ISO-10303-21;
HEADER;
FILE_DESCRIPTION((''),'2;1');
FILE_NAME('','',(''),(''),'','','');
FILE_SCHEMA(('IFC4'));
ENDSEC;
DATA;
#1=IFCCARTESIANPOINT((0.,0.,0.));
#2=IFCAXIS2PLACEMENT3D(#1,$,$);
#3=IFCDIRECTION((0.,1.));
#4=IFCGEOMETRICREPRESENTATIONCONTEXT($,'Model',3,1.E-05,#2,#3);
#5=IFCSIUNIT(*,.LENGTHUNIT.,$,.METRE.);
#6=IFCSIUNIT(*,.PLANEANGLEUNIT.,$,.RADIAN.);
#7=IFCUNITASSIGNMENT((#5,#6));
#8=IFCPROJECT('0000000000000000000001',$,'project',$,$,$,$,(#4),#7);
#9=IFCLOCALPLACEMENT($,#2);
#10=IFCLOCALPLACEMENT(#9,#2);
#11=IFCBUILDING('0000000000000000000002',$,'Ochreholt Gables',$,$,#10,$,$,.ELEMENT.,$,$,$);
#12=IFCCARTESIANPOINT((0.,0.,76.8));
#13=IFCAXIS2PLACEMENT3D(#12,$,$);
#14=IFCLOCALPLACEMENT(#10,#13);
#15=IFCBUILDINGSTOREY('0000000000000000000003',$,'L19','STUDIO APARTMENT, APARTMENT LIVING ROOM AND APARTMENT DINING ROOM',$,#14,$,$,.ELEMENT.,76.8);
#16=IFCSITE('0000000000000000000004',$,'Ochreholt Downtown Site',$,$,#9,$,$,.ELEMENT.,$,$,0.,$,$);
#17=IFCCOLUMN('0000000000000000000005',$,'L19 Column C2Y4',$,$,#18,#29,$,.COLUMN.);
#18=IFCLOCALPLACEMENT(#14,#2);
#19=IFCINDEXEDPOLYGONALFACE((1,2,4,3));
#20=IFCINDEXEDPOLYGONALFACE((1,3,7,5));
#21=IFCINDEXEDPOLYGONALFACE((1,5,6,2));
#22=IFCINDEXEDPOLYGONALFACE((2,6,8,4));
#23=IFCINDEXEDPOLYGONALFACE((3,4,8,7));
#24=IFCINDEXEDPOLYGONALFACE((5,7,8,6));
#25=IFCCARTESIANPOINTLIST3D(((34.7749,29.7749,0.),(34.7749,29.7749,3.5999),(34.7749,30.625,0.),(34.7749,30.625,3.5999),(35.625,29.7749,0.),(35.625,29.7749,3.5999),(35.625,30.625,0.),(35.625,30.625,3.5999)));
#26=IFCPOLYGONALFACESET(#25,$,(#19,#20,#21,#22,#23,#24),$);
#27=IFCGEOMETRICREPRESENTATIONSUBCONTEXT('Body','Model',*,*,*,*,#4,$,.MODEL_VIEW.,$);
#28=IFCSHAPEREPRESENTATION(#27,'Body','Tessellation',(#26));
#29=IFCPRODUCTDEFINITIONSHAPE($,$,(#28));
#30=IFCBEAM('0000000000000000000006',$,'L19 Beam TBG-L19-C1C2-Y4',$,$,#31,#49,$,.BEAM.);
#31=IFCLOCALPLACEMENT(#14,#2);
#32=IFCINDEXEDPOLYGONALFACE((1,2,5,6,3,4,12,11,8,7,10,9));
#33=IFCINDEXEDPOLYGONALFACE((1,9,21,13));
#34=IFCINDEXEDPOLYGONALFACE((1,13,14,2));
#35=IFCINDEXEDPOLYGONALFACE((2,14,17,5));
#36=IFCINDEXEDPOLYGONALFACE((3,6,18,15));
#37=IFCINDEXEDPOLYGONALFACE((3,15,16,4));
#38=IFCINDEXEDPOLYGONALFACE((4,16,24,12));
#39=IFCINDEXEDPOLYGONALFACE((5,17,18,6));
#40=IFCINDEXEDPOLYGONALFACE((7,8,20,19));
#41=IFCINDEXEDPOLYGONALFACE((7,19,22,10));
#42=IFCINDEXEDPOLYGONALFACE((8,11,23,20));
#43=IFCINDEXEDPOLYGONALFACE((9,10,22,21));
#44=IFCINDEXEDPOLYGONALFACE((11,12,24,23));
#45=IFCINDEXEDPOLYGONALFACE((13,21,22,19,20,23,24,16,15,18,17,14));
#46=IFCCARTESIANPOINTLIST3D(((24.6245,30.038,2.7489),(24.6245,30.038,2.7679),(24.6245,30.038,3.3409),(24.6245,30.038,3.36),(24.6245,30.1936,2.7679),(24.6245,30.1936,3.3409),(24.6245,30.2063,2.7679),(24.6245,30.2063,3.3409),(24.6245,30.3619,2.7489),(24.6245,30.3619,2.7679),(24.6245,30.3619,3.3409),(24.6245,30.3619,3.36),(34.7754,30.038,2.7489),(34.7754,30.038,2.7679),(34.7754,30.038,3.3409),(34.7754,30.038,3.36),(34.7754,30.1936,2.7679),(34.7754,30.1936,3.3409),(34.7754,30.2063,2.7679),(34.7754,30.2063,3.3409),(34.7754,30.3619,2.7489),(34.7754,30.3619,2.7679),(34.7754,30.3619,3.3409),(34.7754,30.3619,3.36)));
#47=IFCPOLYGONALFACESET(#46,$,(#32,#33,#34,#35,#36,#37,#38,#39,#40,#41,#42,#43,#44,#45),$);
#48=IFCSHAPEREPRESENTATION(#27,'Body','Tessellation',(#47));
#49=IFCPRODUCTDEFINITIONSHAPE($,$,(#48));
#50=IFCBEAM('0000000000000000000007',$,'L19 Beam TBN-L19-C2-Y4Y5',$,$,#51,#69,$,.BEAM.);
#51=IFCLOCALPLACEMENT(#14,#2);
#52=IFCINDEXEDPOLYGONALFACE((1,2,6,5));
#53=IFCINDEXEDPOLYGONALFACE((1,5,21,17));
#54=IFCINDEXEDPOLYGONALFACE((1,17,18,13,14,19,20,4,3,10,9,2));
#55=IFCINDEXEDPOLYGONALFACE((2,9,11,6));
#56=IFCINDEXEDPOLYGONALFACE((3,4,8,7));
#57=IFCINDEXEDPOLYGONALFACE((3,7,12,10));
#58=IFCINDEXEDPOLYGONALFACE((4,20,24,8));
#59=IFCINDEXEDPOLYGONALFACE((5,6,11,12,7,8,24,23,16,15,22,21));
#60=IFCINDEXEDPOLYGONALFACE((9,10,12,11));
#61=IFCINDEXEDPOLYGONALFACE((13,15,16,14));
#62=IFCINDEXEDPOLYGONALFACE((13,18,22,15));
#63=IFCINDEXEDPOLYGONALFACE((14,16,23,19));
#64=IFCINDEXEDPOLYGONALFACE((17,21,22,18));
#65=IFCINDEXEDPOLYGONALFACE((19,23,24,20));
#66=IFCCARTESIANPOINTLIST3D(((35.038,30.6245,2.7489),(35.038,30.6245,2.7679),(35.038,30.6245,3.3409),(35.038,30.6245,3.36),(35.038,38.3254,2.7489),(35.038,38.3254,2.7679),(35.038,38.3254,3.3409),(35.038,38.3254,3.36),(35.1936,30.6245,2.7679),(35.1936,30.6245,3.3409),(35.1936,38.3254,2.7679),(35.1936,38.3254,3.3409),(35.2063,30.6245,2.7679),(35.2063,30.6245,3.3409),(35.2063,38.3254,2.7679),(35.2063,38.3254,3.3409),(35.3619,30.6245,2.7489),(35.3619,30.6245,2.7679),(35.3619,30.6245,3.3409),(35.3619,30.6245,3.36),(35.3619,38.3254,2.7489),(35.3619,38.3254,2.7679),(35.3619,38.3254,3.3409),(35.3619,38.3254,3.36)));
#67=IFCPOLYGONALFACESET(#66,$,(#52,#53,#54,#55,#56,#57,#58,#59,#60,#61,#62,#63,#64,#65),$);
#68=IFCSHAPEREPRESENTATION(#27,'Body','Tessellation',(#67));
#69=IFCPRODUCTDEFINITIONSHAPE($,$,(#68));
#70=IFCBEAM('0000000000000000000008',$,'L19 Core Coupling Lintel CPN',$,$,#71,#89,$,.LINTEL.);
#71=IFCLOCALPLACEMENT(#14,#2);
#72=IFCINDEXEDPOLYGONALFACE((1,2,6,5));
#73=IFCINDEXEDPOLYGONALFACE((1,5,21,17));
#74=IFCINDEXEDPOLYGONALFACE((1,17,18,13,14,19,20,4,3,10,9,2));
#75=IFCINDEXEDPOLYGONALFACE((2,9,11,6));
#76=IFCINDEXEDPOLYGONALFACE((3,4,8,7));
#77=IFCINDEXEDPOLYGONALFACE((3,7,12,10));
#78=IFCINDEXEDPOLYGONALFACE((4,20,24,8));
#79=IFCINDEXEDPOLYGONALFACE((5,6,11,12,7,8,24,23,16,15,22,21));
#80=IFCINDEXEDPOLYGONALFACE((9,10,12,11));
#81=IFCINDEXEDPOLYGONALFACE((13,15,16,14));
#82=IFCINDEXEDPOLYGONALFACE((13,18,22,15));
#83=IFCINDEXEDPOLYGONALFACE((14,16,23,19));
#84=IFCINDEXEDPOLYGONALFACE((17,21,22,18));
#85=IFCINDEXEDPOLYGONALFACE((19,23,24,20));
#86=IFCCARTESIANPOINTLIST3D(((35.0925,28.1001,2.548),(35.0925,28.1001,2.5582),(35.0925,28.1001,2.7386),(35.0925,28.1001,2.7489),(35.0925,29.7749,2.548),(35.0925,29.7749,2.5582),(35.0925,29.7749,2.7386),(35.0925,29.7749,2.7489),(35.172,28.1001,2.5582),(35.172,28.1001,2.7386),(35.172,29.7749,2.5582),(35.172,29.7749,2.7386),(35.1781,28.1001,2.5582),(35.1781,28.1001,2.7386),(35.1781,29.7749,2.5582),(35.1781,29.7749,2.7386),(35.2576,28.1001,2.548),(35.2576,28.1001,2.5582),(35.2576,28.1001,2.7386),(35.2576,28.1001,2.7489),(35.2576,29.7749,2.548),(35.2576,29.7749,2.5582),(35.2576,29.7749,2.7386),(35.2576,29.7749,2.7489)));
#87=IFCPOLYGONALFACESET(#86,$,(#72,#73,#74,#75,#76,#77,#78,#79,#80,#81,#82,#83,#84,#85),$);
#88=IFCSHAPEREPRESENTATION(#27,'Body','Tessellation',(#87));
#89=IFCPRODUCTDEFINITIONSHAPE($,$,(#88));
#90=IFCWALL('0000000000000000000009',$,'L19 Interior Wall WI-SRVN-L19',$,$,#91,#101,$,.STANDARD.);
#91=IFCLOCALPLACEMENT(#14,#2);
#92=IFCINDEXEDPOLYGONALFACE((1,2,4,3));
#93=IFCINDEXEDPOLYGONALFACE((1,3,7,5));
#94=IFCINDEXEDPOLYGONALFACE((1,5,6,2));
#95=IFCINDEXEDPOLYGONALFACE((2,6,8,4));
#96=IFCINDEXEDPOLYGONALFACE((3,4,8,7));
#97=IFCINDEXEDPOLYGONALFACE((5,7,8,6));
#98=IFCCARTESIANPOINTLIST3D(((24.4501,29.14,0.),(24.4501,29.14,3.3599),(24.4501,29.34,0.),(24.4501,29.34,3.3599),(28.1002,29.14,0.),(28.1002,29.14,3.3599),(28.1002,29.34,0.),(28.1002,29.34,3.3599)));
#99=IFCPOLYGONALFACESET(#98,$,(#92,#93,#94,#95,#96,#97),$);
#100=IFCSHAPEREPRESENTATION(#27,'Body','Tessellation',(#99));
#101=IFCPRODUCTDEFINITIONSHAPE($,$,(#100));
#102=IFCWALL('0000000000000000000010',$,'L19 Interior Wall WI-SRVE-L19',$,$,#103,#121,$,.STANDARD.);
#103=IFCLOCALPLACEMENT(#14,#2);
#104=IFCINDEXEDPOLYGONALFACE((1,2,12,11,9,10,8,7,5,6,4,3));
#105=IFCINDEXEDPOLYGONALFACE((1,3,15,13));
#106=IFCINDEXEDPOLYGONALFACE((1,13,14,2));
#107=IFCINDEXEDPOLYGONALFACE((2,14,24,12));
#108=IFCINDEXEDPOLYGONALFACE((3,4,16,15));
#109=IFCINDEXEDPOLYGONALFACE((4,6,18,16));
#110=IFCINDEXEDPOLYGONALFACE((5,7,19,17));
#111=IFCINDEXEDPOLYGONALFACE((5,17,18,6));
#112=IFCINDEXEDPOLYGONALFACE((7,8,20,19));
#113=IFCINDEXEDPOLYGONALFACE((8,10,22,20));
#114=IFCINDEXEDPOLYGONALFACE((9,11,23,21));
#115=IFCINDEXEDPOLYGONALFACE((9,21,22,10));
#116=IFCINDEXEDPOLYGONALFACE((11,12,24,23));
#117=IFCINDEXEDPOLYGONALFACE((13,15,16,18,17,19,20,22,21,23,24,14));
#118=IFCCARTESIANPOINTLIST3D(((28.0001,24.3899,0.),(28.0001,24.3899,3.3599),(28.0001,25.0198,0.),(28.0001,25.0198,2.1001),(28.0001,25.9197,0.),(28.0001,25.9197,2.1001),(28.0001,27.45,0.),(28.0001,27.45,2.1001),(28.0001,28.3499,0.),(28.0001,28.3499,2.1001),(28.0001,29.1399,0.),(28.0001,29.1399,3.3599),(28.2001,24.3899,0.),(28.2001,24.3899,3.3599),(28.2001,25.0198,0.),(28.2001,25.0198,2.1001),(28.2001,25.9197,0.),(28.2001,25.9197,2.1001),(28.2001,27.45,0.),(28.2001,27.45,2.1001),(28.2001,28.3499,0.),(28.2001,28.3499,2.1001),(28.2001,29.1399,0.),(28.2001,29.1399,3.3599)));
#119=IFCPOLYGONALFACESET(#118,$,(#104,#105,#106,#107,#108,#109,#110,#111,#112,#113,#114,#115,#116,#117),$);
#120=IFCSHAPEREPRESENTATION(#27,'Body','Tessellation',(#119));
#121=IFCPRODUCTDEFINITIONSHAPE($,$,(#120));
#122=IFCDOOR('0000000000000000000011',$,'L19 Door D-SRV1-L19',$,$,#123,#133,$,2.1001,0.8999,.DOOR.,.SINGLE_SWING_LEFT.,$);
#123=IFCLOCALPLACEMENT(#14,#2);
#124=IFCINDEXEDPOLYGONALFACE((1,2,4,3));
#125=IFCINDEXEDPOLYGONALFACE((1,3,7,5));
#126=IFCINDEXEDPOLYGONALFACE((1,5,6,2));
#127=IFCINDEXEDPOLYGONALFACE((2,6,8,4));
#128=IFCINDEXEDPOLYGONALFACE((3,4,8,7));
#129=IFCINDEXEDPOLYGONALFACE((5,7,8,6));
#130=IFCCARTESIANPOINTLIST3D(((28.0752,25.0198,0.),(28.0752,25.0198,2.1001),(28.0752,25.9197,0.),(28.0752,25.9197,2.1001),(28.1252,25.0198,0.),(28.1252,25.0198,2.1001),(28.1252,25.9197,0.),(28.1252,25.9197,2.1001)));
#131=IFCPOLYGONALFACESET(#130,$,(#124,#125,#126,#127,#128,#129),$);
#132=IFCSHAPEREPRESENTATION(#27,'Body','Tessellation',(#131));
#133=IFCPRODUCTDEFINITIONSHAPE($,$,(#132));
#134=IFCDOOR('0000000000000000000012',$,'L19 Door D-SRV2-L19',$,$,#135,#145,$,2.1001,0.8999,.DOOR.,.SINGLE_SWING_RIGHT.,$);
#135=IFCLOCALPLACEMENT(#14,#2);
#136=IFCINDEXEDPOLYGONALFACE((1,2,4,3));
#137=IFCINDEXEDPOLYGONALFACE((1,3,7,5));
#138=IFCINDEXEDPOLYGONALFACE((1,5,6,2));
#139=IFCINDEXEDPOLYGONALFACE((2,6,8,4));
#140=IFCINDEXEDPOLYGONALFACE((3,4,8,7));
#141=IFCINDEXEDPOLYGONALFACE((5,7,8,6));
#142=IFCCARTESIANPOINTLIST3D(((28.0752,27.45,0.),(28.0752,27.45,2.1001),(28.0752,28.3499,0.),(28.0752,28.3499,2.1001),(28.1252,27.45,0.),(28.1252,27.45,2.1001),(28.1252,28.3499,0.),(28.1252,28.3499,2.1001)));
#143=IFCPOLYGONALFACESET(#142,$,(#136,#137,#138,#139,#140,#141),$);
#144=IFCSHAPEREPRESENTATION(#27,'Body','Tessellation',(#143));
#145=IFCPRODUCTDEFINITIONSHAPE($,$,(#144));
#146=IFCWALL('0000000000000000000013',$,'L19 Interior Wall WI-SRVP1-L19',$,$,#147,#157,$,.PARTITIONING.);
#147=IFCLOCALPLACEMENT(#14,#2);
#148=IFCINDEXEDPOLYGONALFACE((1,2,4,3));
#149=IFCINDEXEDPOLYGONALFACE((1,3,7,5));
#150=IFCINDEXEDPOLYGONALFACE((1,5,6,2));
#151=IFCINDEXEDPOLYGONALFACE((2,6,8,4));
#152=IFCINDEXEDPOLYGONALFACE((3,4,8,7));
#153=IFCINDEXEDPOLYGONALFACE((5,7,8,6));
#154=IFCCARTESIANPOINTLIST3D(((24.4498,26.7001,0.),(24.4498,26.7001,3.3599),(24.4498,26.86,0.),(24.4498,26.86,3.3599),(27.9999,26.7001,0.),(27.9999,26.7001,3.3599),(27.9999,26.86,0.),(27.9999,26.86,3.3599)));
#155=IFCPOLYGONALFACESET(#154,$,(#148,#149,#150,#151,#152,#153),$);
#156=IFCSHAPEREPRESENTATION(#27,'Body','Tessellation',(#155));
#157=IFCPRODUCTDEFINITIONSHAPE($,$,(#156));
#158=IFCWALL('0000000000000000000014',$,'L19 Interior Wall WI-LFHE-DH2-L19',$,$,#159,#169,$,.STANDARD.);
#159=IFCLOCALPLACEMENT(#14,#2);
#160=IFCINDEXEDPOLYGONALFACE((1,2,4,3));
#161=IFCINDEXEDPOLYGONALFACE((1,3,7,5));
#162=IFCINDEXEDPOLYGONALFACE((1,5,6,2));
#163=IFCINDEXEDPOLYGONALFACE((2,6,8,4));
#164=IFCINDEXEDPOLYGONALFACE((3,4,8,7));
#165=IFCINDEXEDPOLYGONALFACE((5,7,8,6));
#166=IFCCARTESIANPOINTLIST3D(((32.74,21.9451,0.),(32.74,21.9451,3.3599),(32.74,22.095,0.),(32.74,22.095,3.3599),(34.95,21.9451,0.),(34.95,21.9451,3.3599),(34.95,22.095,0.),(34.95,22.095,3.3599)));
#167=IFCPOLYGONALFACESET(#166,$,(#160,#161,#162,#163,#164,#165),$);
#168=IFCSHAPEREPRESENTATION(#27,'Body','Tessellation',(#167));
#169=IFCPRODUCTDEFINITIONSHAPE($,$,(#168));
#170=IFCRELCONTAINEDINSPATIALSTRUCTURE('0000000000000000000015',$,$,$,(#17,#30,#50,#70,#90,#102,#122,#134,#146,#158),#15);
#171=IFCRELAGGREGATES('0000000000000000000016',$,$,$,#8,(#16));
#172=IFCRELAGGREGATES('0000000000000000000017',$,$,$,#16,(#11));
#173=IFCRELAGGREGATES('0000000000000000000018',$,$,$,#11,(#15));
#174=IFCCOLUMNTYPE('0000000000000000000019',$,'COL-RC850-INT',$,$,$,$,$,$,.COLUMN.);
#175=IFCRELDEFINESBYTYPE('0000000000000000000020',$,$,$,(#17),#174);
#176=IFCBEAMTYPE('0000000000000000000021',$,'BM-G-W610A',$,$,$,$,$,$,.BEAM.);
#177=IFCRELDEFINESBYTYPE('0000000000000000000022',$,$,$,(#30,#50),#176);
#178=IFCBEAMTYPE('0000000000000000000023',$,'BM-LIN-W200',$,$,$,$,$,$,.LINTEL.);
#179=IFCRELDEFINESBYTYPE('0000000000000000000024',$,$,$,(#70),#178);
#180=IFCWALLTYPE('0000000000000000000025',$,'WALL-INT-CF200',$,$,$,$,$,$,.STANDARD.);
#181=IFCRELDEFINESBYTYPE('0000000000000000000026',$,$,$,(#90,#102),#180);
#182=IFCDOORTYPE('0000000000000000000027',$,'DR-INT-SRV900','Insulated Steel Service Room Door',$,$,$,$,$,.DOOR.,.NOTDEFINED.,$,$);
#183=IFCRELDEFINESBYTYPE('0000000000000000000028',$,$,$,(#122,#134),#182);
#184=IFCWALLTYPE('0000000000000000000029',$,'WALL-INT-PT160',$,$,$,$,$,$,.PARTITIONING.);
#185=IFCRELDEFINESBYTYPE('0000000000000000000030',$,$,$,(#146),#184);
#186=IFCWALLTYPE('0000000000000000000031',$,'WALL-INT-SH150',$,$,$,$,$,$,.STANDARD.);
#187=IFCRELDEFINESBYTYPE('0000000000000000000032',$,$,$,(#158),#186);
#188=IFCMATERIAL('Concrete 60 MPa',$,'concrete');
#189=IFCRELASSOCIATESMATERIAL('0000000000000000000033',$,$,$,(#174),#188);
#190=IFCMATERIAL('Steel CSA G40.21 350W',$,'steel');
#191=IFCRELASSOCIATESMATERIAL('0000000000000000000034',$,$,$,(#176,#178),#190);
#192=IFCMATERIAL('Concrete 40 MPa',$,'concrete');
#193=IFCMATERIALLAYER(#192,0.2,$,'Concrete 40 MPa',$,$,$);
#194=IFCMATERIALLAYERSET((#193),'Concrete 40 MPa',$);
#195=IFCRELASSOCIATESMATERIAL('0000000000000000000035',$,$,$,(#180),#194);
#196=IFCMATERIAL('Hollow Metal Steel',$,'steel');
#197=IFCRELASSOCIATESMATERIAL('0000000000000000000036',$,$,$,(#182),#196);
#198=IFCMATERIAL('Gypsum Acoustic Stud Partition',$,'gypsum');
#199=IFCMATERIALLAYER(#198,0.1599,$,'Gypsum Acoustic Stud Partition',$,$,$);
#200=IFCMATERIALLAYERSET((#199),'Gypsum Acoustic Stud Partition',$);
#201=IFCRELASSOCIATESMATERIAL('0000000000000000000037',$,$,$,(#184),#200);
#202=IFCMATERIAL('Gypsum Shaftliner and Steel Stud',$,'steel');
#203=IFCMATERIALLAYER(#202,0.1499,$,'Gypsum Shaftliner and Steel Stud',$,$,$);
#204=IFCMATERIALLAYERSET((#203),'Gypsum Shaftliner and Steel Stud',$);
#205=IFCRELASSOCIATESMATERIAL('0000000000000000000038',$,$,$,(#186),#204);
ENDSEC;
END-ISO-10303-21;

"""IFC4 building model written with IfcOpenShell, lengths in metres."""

from ifc_helpers import new_model, si_unit, direction, frame, frame_2d, origin, origin_2d, place, context, subcontext, project, spatial, rectangle, i_section, extrude, material, layer, layer_set, material_profile, profile_set, type_object, element, fill, save


model = new_model("IFC4")

# Units and contexts
model_context = context("Model", 3, precision=1e-05, world=origin(), true_north=direction((0.0, 1.0)))
body_context = subcontext(model_context, "Body", "Model", "MODEL_VIEW")
ifc_project = project(units=[si_unit("LENGTHUNIT", "METRE"), si_unit("PLANEANGLEUNIT", "RADIAN")], contexts=[model_context])

# Site, building, storey
site_placement = place(None, origin())
site = spatial("IfcSite", under=ifc_project, at=site_placement, Name="Ochreholt Downtown Site", CompositionType="ELEMENT", RefElevation=0.0)
building_placement = place(site_placement, origin())
building = spatial("IfcBuilding", under=site, at=building_placement, Name="Ochreholt Gables", CompositionType="ELEMENT")
storey_placement = place(building_placement, frame((0.0, 0.0, 76.8)))
storey = spatial("IfcBuildingStorey", under=building, at=storey_placement, Name="L19", Description="STUDIO APARTMENT, APARTMENT LIVING ROOM AND APARTMENT DINING ROOM", CompositionType="ELEMENT", Elevation=76.8)

# Column
ifc_material_1 = material(Name="Concrete 60 MPa", Category="concrete")
ifc_material_profile_1 = material_profile(ifc_material_1, rectangle(XDim=0.8501, YDim=0.8501, at=origin_2d()), Name="RC850X850")
ifc_profile_set_1 = profile_set([ifc_material_profile_1], Name="Concrete 60 MPa")
column_type = type_object("IfcColumnType", Name="COL-RC850-INT", PredefinedType="COLUMN", material=ifc_profile_set_1)
column_placement = place(storey_placement, frame((35.2, 30.2, 0.0), z_axis=(0.0, 0.0, 1.0), x_axis=(1.0, 0.0, 0.0)))
element("IfcColumn", 1, at=column_placement, inside=storey, type_object=column_type, Name="L19 Column C2Y4", PredefinedType="COLUMN", context=body_context, shape_type="SweptSolid", body=[
    extrude(rectangle(XDim=0.8501, YDim=0.8501, at=origin_2d()), origin(), (0.0, 0.0, 1.0), 3.5999),
])

# Beams
ifc_material_2 = material(Name="Steel CSA G40.21 350W", Category="steel")
ifc_material_profile_2 = material_profile(ifc_material_2, i_section(OverallWidth=0.324, OverallDepth=0.6111, WebThickness=0.0127, FlangeThickness=0.019, at=origin_2d()), Name="W610X155")
ifc_profile_set_2 = profile_set([ifc_material_profile_2], Name="Steel CSA G40.21 350W")
beam_type_1 = type_object("IfcBeamType", Name="BM-G-W610A", PredefinedType="BEAM", material=ifc_profile_set_2)
beam_1_placement = place(storey_placement, frame((24.6245, 30.2, 3.0544), z_axis=(1.0, 0.0, 0.0), x_axis=(0.0, 1.0, 0.0)))
element("IfcBeam", 2, at=beam_1_placement, inside=storey, type_object=beam_type_1, Name="L19 Beam TBG-L19-C1C2-Y4", PredefinedType="BEAM", context=body_context, shape_type="SweptSolid", body=[
    extrude(i_section(OverallWidth=0.324, OverallDepth=0.6111, WebThickness=0.0127, FlangeThickness=0.019, at=origin_2d()), origin(), (0.0, 0.0, 1.0), 10.1509),
])
beam_2_placement = place(storey_placement, frame((35.2, 30.6245, 3.0544), z_axis=(0.0, 1.0, 0.0), x_axis=(-1.0, 0.0, 0.0)))
element("IfcBeam", 3, at=beam_2_placement, inside=storey, type_object=beam_type_1, Name="L19 Beam TBN-L19-C2-Y4Y5", PredefinedType="BEAM", context=body_context, shape_type="SweptSolid", body=[
    extrude(i_section(OverallWidth=0.324, OverallDepth=0.6111, WebThickness=0.0127, FlangeThickness=0.019, at=origin_2d()), origin(), (0.0, 0.0, 1.0), 7.7009),
])
ifc_material_profile_3 = material_profile(ifc_material_2, i_section(OverallWidth=0.165, OverallDepth=0.2009, WebThickness=0.0061, FlangeThickness=0.0103, at=origin_2d()), Name="W200X36")
ifc_profile_set_3 = profile_set([ifc_material_profile_3], Name="Steel CSA G40.21 350W")
beam_type_2 = type_object("IfcBeamType", Name="BM-LIN-W200", PredefinedType="LINTEL", material=ifc_profile_set_3)
beam_3_placement = place(storey_placement, frame((35.175, 28.1001, 2.6484), z_axis=(0.0, 1.0, 0.0), x_axis=(-1.0, 0.0, 0.0)))
element("IfcBeam", 4, at=beam_3_placement, inside=storey, type_object=beam_type_2, Name="L19 Core Coupling Lintel CPN", PredefinedType="LINTEL", context=body_context, shape_type="SweptSolid", body=[
    extrude(i_section(OverallWidth=0.165, OverallDepth=0.2009, WebThickness=0.0061, FlangeThickness=0.0103, at=origin_2d()), origin(), (0.0, 0.0, 1.0), 1.6748),
])

# Wall
ifc_material_3 = material(Name="Concrete 40 MPa", Category="concrete")
ifc_layer_1 = layer(ifc_material_3, 0.2, Name="Concrete 40 MPa")
ifc_layer_set_1 = layer_set([ifc_layer_1], Name="Concrete 40 MPa")
wall_type_1 = type_object("IfcWallType", Name="WALL-INT-CF200", PredefinedType="STANDARD", material=ifc_layer_set_1)
wall_1_placement = place(storey_placement, frame((24.45, 29.24, 0.0), z_axis=(0.0, 0.0, 1.0), x_axis=(1.0, 0.0, 0.0)))
element("IfcWall", 5, at=wall_1_placement, inside=storey, type_object=wall_type_1, Name="L19 Interior Wall WI-SRVN-L19", PredefinedType="STANDARD", context=body_context, shape_type="SweptSolid", body=[
    extrude(rectangle(XDim=3.6501, YDim=0.2, at=frame_2d((1.8252, 0.0))), origin(), (0.0, 0.0, 1.0), 3.3599),
])

# Wall, openings, doors
wall_2_placement = place(storey_placement, frame((28.1001, 24.3899, 0.0), z_axis=(0.0, 0.0, 1.0), x_axis=(0.0, 1.0, 0.0)))
wall_2 = element("IfcWall", 6, at=wall_2_placement, inside=storey, type_object=wall_type_1, Name="L19 Interior Wall WI-SRVE-L19", PredefinedType="STANDARD", context=body_context, shape_type="SweptSolid", body=[
    extrude(rectangle(XDim=4.75, YDim=0.2, at=frame_2d((2.375, 0.0))), origin(), (0.0, 0.0, 1.0), 3.3599),
])
opening_1_placement = place(wall_2_placement, frame((0.6299, 0.0, 0.0)))
opening_1 = element("IfcOpeningElement", 7, at=opening_1_placement, cuts=wall_2, PredefinedType="OPENING", context=body_context, shape_type="SweptSolid", body=[
    extrude(rectangle(XDim=0.8999, YDim=2.1001, at=frame_2d((0.45, 1.05))), frame((0.0, 0.1099, 0.0), z_axis=(0.0, -1.0, 0.0), x_axis=(1.0, 0.0, 0.0)), (0.0, 0.0, 1.0), 0.22),
])
opening_2_placement = place(wall_2_placement, frame((3.0601, 0.0, 0.0)))
opening_2 = element("IfcOpeningElement", 8, at=opening_2_placement, cuts=wall_2, PredefinedType="OPENING", context=body_context, shape_type="SweptSolid", body=[
    extrude(rectangle(XDim=0.8999, YDim=2.1001, at=frame_2d((0.45, 1.05))), frame((0.0, 0.1099, 0.0), z_axis=(0.0, -1.0, 0.0), x_axis=(1.0, 0.0, 0.0)), (0.0, 0.0, 1.0), 0.22),
])
ifc_material_4 = material(Name="Hollow Metal Steel", Category="steel")
door_type_1 = type_object("IfcDoorType", Name="DR-INT-SRV900", Description="Insulated Steel Service Room Door", OperationType="NOTDEFINED", PredefinedType="DOOR", material=ifc_material_4)
door_1_placement = place(opening_1_placement, origin())
door_1 = element("IfcDoor", 9, at=door_1_placement, inside=storey, type_object=door_type_1, Name="L19 Door D-SRV1-L19", OperationType="SINGLE_SWING_LEFT", OverallHeight=2.1001, OverallWidth=0.8999, PredefinedType="DOOR", context=body_context, shape_type="SweptSolid", body=[
    extrude(rectangle(XDim=0.8999, YDim=2.1001, at=frame_2d((0.45, 1.05))), frame((0.0, 0.0249, 0.0), z_axis=(0.0, -1.0, 0.0), x_axis=(1.0, 0.0, 0.0)), (0.0, 0.0, 1.0), 0.05),
])
fill(opening_1, door_1)
door_2_placement = place(opening_2_placement, origin())
door_2 = element("IfcDoor", 10, at=door_2_placement, inside=storey, type_object=door_type_1, Name="L19 Door D-SRV2-L19", OperationType="SINGLE_SWING_RIGHT", OverallHeight=2.1001, OverallWidth=0.8999, PredefinedType="DOOR", context=body_context, shape_type="SweptSolid", body=[
    extrude(rectangle(XDim=0.8999, YDim=2.1001, at=frame_2d((0.45, 1.05))), frame((0.0, 0.0249, 0.0), z_axis=(0.0, -1.0, 0.0), x_axis=(1.0, 0.0, 0.0)), (0.0, 0.0, 1.0), 0.05),
])
fill(opening_2, door_2)

# Walls
ifc_material_5 = material(Name="Gypsum Acoustic Stud Partition", Category="gypsum")
ifc_layer_2 = layer(ifc_material_5, 0.1599, Name="Gypsum Acoustic Stud Partition")
ifc_layer_set_2 = layer_set([ifc_layer_2], Name="Gypsum Acoustic Stud Partition")
wall_type_2 = type_object("IfcWallType", Name="WALL-INT-PT160", PredefinedType="PARTITIONING", material=ifc_layer_set_2)
wall_3_placement = place(storey_placement, frame((24.45, 26.78, 0.0), z_axis=(0.0, 0.0, 1.0), x_axis=(1.0, 0.0, 0.0)))
element("IfcWall", 11, at=wall_3_placement, inside=storey, type_object=wall_type_2, Name="L19 Interior Wall WI-SRVP1-L19", PredefinedType="PARTITIONING", context=body_context, shape_type="SweptSolid", body=[
    extrude(rectangle(XDim=3.55, YDim=0.1599, at=frame_2d((1.7749, 0.0))), origin(), (0.0, 0.0, 1.0), 3.3599),
])
ifc_material_6 = material(Name="Gypsum Shaftliner and Steel Stud", Category="steel")
ifc_layer_3 = layer(ifc_material_6, 0.1499, Name="Gypsum Shaftliner and Steel Stud")
ifc_layer_set_3 = layer_set([ifc_layer_3], Name="Gypsum Shaftliner and Steel Stud")
wall_type_3 = type_object("IfcWallType", Name="WALL-INT-SH150", PredefinedType="STANDARD", material=ifc_layer_set_3)
for number, where, z_axis, x_axis, name in (
    (12, (32.74, 22.02, 0.0), (0.0, 0.0, 1.0), (1.0, 0.0, 0.0), "L19 Interior Wall WI-LFHE-DH2-L19"),
):
    element("IfcWall", number, at=place(storey_placement, frame(where, z_axis=z_axis, x_axis=x_axis)), inside=storey, type_object=wall_type_3, Name=name, PredefinedType="STANDARD", context=body_context, shape_type="SweptSolid", body=[
        extrude(rectangle(XDim=2.21, YDim=0.1499, at=frame_2d((1.105, 0.0))), origin(), (0.0, 0.0, 1.0), 3.3599),
    ])

save(model, "model.ifc")
